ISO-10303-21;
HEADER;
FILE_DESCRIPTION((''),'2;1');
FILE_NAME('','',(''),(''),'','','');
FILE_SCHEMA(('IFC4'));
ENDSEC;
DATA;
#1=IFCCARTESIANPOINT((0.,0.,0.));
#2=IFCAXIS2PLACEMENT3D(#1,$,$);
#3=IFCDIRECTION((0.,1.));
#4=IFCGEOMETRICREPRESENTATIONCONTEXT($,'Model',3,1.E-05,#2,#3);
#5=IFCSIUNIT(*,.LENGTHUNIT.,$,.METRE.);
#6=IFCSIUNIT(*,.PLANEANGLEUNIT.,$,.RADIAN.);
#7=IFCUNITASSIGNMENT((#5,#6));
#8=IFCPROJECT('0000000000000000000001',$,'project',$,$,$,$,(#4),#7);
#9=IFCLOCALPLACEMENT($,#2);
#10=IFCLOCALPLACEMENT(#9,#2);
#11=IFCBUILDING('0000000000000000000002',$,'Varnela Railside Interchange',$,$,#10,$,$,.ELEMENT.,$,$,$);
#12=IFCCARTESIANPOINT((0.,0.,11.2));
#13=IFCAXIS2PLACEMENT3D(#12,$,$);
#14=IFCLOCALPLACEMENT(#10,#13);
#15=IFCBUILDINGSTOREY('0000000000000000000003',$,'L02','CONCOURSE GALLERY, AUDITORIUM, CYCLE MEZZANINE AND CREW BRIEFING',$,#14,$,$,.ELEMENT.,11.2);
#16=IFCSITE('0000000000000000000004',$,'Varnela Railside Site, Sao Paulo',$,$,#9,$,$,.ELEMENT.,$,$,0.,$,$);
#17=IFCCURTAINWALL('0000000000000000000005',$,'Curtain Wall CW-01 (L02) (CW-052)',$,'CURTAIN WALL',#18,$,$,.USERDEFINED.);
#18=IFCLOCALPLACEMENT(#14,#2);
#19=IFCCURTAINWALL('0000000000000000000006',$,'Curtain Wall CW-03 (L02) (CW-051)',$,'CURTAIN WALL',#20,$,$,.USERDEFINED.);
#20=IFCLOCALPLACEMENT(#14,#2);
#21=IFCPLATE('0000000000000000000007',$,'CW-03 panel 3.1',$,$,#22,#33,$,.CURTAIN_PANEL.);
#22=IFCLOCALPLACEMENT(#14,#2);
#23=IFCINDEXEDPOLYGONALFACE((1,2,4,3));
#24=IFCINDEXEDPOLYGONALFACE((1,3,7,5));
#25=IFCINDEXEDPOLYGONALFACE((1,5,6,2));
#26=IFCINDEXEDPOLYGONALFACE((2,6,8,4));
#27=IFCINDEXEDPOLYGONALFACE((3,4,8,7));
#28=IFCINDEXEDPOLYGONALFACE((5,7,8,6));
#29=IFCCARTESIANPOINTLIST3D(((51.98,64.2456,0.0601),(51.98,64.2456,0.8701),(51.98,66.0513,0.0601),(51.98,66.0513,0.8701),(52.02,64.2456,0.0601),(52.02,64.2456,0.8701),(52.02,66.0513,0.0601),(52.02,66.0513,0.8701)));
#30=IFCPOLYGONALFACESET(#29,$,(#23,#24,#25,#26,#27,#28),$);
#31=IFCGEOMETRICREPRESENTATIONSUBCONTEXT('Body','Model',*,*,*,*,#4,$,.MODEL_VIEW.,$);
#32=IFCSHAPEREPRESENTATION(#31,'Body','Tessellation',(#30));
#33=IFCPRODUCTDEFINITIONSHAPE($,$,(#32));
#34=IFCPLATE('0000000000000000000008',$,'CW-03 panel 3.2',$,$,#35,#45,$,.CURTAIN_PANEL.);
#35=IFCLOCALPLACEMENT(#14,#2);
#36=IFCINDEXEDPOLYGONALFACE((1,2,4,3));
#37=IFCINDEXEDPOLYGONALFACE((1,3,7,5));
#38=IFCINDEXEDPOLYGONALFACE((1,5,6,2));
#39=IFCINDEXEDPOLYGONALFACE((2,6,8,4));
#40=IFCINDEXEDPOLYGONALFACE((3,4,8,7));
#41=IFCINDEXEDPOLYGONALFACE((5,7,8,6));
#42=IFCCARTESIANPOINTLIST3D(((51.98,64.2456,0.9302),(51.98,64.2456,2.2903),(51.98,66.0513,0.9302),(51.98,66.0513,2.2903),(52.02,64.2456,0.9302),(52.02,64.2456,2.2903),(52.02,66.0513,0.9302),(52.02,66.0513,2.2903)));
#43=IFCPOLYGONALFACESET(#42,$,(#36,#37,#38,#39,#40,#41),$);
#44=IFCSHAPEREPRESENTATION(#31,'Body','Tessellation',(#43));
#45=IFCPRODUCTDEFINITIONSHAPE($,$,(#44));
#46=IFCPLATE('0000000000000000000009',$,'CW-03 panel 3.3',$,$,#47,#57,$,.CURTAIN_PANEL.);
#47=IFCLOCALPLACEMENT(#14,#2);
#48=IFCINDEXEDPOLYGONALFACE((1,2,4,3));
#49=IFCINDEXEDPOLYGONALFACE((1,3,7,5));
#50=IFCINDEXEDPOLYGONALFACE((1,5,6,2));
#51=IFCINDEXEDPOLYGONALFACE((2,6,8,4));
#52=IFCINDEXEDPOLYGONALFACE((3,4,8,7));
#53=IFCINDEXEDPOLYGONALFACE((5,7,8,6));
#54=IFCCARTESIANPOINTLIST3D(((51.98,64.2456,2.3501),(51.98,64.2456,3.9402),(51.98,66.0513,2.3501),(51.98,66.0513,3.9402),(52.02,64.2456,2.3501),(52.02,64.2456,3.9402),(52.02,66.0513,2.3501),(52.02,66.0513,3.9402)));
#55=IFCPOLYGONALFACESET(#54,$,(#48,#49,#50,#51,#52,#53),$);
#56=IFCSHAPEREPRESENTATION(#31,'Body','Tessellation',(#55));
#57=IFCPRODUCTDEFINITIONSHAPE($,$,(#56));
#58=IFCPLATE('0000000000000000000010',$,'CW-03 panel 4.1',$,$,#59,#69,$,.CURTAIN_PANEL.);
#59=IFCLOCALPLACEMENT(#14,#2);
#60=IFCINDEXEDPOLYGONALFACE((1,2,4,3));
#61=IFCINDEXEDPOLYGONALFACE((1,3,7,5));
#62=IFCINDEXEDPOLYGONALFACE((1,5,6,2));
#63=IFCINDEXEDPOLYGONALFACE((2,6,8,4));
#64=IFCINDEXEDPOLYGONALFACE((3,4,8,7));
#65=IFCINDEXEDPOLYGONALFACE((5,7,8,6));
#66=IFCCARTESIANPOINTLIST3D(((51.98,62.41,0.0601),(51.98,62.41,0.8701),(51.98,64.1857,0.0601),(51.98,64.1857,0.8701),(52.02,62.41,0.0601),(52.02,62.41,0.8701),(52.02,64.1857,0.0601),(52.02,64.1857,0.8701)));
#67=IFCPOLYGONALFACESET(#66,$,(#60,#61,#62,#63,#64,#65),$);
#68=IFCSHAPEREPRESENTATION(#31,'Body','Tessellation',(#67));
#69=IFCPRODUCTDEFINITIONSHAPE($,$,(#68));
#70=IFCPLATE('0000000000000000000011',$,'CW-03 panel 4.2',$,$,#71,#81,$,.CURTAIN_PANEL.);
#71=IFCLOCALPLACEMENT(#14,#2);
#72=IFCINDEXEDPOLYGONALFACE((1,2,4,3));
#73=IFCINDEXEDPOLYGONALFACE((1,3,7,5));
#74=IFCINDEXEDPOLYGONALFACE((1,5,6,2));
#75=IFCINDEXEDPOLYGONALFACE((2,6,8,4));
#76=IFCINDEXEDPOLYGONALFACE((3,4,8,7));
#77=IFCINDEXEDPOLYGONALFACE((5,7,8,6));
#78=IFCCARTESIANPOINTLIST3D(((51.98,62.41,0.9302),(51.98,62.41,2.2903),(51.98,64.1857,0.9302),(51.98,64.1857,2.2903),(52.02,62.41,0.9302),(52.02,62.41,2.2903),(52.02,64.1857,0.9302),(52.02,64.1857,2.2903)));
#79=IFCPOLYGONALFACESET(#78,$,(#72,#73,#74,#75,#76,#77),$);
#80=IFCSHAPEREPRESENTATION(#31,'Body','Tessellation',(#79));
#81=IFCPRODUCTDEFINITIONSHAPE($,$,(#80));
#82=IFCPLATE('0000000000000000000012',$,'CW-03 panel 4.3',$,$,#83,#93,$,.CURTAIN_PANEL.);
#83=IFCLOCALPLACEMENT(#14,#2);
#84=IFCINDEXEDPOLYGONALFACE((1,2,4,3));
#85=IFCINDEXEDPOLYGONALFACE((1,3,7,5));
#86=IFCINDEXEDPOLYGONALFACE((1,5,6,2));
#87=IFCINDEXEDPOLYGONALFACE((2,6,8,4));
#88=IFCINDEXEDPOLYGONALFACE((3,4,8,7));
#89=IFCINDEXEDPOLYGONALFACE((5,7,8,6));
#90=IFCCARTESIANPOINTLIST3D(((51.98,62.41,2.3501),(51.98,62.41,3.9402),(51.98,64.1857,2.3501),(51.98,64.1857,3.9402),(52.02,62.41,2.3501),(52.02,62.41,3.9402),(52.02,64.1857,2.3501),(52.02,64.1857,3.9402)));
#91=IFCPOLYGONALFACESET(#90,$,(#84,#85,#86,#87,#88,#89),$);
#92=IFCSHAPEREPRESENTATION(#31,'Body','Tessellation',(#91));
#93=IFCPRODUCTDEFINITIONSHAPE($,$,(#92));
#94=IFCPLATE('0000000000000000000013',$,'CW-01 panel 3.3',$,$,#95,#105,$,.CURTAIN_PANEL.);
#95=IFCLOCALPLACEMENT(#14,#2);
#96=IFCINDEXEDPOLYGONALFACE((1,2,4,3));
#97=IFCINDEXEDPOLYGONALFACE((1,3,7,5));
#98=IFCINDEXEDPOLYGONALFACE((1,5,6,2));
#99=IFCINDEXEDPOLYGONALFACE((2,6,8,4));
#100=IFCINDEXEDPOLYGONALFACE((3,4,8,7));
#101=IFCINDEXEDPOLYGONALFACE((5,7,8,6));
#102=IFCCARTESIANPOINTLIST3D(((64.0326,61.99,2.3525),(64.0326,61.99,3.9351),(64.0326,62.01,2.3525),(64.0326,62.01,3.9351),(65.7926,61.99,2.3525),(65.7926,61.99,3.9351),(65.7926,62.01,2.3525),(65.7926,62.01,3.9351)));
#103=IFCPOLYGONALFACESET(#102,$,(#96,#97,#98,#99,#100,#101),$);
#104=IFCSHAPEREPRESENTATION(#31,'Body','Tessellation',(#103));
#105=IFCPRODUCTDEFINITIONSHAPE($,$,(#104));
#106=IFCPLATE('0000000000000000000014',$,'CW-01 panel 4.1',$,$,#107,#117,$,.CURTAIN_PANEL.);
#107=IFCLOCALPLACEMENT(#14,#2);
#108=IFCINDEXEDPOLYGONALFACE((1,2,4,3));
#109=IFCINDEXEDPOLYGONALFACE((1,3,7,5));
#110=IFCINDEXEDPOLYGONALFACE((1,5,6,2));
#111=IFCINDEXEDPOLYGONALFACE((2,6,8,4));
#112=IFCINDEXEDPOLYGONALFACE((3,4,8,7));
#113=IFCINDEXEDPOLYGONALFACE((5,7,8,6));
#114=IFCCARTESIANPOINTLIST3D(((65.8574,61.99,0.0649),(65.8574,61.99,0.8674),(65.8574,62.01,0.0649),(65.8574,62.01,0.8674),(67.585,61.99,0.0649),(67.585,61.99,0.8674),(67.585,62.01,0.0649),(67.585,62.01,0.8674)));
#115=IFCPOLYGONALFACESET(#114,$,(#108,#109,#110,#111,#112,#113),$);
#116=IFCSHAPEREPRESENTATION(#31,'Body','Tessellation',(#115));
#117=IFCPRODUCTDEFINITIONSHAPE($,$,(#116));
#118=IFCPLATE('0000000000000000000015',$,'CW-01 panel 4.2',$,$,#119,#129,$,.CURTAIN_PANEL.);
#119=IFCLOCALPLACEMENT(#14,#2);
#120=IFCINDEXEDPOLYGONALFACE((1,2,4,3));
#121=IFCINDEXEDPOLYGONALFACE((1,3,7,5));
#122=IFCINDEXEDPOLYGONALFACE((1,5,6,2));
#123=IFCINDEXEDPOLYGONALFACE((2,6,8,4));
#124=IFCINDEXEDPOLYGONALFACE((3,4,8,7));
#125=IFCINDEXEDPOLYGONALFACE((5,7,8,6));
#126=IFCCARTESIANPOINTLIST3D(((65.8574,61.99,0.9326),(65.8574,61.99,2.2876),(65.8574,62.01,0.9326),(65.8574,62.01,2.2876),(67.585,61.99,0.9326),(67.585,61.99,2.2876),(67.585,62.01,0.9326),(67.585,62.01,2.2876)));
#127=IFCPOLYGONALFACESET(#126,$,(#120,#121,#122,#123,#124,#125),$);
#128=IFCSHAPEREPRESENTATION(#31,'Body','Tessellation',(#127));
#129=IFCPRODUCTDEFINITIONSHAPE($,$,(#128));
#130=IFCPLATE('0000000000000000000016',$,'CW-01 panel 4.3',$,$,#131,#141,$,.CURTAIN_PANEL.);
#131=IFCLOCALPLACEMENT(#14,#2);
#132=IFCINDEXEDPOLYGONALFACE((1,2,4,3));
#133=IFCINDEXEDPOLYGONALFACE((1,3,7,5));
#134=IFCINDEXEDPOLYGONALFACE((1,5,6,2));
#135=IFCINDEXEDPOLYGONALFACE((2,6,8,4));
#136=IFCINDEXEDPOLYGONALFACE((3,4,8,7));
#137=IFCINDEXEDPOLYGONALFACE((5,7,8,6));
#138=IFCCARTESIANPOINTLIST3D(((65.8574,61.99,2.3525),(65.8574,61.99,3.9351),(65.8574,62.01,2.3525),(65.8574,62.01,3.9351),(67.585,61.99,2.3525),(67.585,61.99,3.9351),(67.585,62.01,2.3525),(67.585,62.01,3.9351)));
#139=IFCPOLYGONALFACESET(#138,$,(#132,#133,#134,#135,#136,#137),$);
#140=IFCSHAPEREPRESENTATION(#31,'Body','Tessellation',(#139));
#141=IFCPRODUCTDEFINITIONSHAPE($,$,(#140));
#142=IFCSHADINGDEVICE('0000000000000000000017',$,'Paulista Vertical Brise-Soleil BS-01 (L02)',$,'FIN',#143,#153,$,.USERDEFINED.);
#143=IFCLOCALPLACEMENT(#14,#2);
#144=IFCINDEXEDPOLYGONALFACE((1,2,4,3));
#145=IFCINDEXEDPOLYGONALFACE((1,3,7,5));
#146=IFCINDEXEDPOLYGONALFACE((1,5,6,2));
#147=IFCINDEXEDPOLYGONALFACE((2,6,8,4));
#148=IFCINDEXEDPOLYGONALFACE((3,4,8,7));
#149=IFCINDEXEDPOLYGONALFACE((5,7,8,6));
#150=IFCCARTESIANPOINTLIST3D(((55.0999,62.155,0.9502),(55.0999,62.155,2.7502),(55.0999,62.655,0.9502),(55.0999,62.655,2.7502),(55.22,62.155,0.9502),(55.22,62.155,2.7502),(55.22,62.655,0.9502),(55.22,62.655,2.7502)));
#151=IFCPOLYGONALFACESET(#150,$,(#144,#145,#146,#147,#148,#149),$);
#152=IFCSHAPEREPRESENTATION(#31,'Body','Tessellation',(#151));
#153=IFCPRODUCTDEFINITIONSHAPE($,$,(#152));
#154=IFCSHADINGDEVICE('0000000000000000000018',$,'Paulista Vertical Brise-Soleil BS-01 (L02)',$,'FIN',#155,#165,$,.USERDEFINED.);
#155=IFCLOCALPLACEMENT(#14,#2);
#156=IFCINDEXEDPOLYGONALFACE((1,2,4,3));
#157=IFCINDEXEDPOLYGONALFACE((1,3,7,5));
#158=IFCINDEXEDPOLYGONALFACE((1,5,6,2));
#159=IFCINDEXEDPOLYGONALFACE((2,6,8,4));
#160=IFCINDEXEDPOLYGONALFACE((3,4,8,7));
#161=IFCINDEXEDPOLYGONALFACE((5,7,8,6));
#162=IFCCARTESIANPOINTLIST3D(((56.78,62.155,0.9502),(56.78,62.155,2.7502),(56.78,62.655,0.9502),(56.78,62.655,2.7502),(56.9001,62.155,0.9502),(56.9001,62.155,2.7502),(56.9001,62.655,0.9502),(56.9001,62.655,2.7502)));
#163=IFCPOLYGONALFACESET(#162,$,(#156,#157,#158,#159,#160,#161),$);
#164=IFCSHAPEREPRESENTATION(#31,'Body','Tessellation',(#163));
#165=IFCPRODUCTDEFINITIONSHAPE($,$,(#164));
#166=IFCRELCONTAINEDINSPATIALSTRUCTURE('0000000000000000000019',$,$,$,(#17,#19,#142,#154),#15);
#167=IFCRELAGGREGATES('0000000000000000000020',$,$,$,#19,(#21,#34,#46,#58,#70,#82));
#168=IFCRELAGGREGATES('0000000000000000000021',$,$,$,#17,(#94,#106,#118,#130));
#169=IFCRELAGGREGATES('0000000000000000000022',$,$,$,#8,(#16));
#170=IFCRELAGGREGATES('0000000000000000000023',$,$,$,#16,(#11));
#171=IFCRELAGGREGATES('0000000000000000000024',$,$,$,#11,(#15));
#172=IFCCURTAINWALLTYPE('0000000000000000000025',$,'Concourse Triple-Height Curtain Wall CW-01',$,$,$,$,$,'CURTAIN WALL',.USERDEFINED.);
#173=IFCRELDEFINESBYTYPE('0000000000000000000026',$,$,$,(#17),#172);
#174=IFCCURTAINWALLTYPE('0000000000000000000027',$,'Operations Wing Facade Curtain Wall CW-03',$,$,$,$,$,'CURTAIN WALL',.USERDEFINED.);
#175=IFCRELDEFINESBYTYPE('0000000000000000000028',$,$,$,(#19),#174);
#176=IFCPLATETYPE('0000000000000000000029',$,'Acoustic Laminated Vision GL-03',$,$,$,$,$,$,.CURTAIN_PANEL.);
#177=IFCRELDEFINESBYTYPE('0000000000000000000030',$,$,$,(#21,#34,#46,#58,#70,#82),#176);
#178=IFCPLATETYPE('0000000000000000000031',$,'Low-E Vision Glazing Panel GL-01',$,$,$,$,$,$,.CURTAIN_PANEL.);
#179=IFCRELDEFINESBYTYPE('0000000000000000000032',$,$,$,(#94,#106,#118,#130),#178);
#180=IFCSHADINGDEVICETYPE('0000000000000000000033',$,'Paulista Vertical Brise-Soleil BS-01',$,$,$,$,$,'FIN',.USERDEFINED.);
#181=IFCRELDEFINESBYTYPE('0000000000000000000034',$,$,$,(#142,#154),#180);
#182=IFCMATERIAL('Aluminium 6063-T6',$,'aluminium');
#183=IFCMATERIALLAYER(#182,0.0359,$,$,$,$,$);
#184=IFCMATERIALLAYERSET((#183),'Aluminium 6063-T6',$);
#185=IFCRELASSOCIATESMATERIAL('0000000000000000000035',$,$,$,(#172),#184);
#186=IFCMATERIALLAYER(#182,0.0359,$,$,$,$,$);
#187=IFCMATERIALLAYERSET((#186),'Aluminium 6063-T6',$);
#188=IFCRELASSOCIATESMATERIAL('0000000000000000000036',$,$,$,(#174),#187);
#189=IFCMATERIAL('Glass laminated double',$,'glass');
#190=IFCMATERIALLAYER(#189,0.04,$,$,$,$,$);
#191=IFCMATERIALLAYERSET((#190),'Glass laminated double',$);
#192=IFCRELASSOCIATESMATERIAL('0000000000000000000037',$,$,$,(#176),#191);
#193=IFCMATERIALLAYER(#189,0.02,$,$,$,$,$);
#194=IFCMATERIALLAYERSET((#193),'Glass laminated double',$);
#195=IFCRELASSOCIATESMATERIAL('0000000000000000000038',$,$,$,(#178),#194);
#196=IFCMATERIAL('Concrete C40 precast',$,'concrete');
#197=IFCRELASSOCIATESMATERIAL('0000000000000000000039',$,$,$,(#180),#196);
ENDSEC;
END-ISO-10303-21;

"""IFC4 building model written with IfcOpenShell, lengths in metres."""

from ifc_helpers import new_model, si_unit, direction, frame, origin, origin_2d, place, context, subcontext, project, spatial, rectangle, extrude, material, layer, layer_set, type_object, element, aggregate, save


model = new_model("IFC4")

# Units and contexts
model_context = context("Model", 3, precision=1e-05, world=origin(), true_north=direction((0.0, 1.0)))
body_context = subcontext(model_context, "Body", "Model", "MODEL_VIEW")
ifc_project = project(units=[si_unit("LENGTHUNIT", "METRE"), si_unit("PLANEANGLEUNIT", "RADIAN")], contexts=[model_context])

# Site, building, storey
site_placement = place(None, origin())
site = spatial("IfcSite", under=ifc_project, at=site_placement, Name="Varnela Railside Site, Sao Paulo", CompositionType="ELEMENT", RefElevation=0.0)
building_placement = place(site_placement, origin())
building = spatial("IfcBuilding", under=site, at=building_placement, Name="Varnela Railside Interchange", CompositionType="ELEMENT")
storey_placement = place(building_placement, frame((0.0, 0.0, 11.2)))
storey = spatial("IfcBuildingStorey", under=building, at=storey_placement, Name="L02", Description="CONCOURSE GALLERY, AUDITORIUM, CYCLE MEZZANINE AND CREW BRIEFING", CompositionType="ELEMENT", Elevation=11.2)

# Curtain wall
ifc_material_1 = material(Name="Aluminium 6063-T6", Category="aluminium")
ifc_layer_1 = layer(ifc_material_1, 0.0359)
ifc_layer_set_1 = layer_set([ifc_layer_1], Name="Aluminium 6063-T6")
curtain_wall_type_1 = type_object("IfcCurtainWallType", Name="Concourse Triple-Height Curtain Wall CW-01", ElementType="CURTAIN WALL", PredefinedType="USERDEFINED", material=ifc_layer_set_1)
curtain_wall_1_placement = place(storey_placement, origin())
curtain_wall_1 = element("IfcCurtainWall", 1, at=curtain_wall_1_placement, inside=storey, type_object=curtain_wall_type_1, Name="Curtain Wall CW-01 (L02) (CW-052)", ObjectType="CURTAIN WALL", PredefinedType="USERDEFINED")

# Curtain wall, plates
ifc_layer_2 = layer(ifc_material_1, 0.0359)
ifc_layer_set_2 = layer_set([ifc_layer_2], Name="Aluminium 6063-T6")
curtain_wall_type_2 = type_object("IfcCurtainWallType", Name="Operations Wing Facade Curtain Wall CW-03", ElementType="CURTAIN WALL", PredefinedType="USERDEFINED", material=ifc_layer_set_2)
curtain_wall_2_placement = place(storey_placement, origin())
curtain_wall_2 = element("IfcCurtainWall", 2, at=curtain_wall_2_placement, inside=storey, type_object=curtain_wall_type_2, Name="Curtain Wall CW-03 (L02) (CW-051)", ObjectType="CURTAIN WALL", PredefinedType="USERDEFINED")
ifc_material_2 = material(Name="Glass laminated double", Category="glass")
ifc_layer_3 = layer(ifc_material_2, 0.04)
ifc_layer_set_3 = layer_set([ifc_layer_3], Name="Glass laminated double")
plate_type_1 = type_object("IfcPlateType", Name="Acoustic Laminated Vision GL-03", PredefinedType="CURTAIN_PANEL", material=ifc_layer_set_3)
plate_1_placement = place(storey_placement, frame((52.0, 65.1484, 0.0601), z_axis=(0.0, 0.0, 1.0), x_axis=(0.0, -1.0, 0.0)))
plate_1 = element("IfcPlate", 3, at=plate_1_placement, type_object=plate_type_1, Name="CW-03 panel 3.1", PredefinedType="CURTAIN_PANEL", context=body_context, shape_type="SweptSolid", body=[
    extrude(rectangle(XDim=1.8057, YDim=0.04, at=origin_2d()), origin(), (0.0, 0.0, 1.0), 0.8101),
])
plate_2_placement = place(storey_placement, frame((52.0, 65.1484, 0.9302), z_axis=(0.0, 0.0, 1.0), x_axis=(0.0, -1.0, 0.0)))
plate_2 = element("IfcPlate", 4, at=plate_2_placement, type_object=plate_type_1, Name="CW-03 panel 3.2", PredefinedType="CURTAIN_PANEL", context=body_context, shape_type="SweptSolid", body=[
    extrude(rectangle(XDim=1.8057, YDim=0.04, at=origin_2d()), origin(), (0.0, 0.0, 1.0), 1.3601),
])
plate_3_placement = place(storey_placement, frame((52.0, 65.1484, 2.3501), z_axis=(0.0, 0.0, 1.0), x_axis=(0.0, -1.0, 0.0)))
plate_3 = element("IfcPlate", 5, at=plate_3_placement, type_object=plate_type_1, Name="CW-03 panel 3.3", PredefinedType="CURTAIN_PANEL", context=body_context, shape_type="SweptSolid", body=[
    extrude(rectangle(XDim=1.8057, YDim=0.04, at=origin_2d()), origin(), (0.0, 0.0, 1.0), 1.5901),
])
plate_4_placement = place(storey_placement, frame((52.0, 63.2979, 0.0601), z_axis=(0.0, 0.0, 1.0), x_axis=(0.0, -1.0, 0.0)))
plate_4 = element("IfcPlate", 6, at=plate_4_placement, type_object=plate_type_1, Name="CW-03 panel 4.1", PredefinedType="CURTAIN_PANEL", context=body_context, shape_type="SweptSolid", body=[
    extrude(rectangle(XDim=1.7756, YDim=0.04, at=origin_2d()), origin(), (0.0, 0.0, 1.0), 0.8101),
])
plate_5_placement = place(storey_placement, frame((52.0, 63.2979, 0.9302), z_axis=(0.0, 0.0, 1.0), x_axis=(0.0, -1.0, 0.0)))
plate_5 = element("IfcPlate", 7, at=plate_5_placement, type_object=plate_type_1, Name="CW-03 panel 4.2", PredefinedType="CURTAIN_PANEL", context=body_context, shape_type="SweptSolid", body=[
    extrude(rectangle(XDim=1.7756, YDim=0.04, at=origin_2d()), origin(), (0.0, 0.0, 1.0), 1.3601),
])
plate_6_placement = place(storey_placement, frame((52.0, 63.2979, 2.3501), z_axis=(0.0, 0.0, 1.0), x_axis=(0.0, -1.0, 0.0)))
plate_6 = element("IfcPlate", 8, at=plate_6_placement, type_object=plate_type_1, Name="CW-03 panel 4.3", PredefinedType="CURTAIN_PANEL", context=body_context, shape_type="SweptSolid", body=[
    extrude(rectangle(XDim=1.7756, YDim=0.04, at=origin_2d()), origin(), (0.0, 0.0, 1.0), 1.5901),
])
aggregate(curtain_wall_2, [plate_1, plate_2, plate_3, plate_4, plate_5, plate_6])

# Plates
ifc_layer_4 = layer(ifc_material_2, 0.02)
ifc_layer_set_4 = layer_set([ifc_layer_4], Name="Glass laminated double")
plate_type_2 = type_object("IfcPlateType", Name="Low-E Vision Glazing Panel GL-01", PredefinedType="CURTAIN_PANEL", material=ifc_layer_set_4)
plate_7_placement = place(storey_placement, frame((64.9126, 62.0, 2.3525), z_axis=(0.0, 0.0, 1.0), x_axis=(1.0, 0.0, 0.0)))
plate_7 = element("IfcPlate", 9, at=plate_7_placement, type_object=plate_type_2, Name="CW-01 panel 3.3", PredefinedType="CURTAIN_PANEL", context=body_context, shape_type="SweptSolid", body=[
    extrude(rectangle(XDim=1.76, YDim=0.02, at=origin_2d()), origin(), (0.0, 0.0, 1.0), 1.5825),
])
plate_8_placement = place(storey_placement, frame((66.7212, 62.0, 0.0649), z_axis=(0.0, 0.0, 1.0), x_axis=(1.0, 0.0, 0.0)))
plate_8 = element("IfcPlate", 10, at=plate_8_placement, type_object=plate_type_2, Name="CW-01 panel 4.1", PredefinedType="CURTAIN_PANEL", context=body_context, shape_type="SweptSolid", body=[
    extrude(rectangle(XDim=1.7275, YDim=0.02, at=origin_2d()), origin(), (0.0, 0.0, 1.0), 0.8025),
])
plate_9_placement = place(storey_placement, frame((66.7212, 62.0, 0.9326), z_axis=(0.0, 0.0, 1.0), x_axis=(1.0, 0.0, 0.0)))
plate_9 = element("IfcPlate", 11, at=plate_9_placement, type_object=plate_type_2, Name="CW-01 panel 4.2", PredefinedType="CURTAIN_PANEL", context=body_context, shape_type="SweptSolid", body=[
    extrude(rectangle(XDim=1.7275, YDim=0.02, at=origin_2d()), origin(), (0.0, 0.0, 1.0), 1.355),
])
plate_10_placement = place(storey_placement, frame((66.7212, 62.0, 2.3525), z_axis=(0.0, 0.0, 1.0), x_axis=(1.0, 0.0, 0.0)))
plate_10 = element("IfcPlate", 12, at=plate_10_placement, type_object=plate_type_2, Name="CW-01 panel 4.3", PredefinedType="CURTAIN_PANEL", context=body_context, shape_type="SweptSolid", body=[
    extrude(rectangle(XDim=1.7275, YDim=0.02, at=origin_2d()), origin(), (0.0, 0.0, 1.0), 1.5825),
])
aggregate(curtain_wall_1, [plate_7, plate_8, plate_9, plate_10])

# Shading devices
ifc_material_3 = material(Name="Concrete C40 precast", Category="concrete")
shading_device_type = type_object("IfcShadingDeviceType", Name="Paulista Vertical Brise-Soleil BS-01", ElementType="FIN", PredefinedType="USERDEFINED", material=ifc_material_3)
for number, where, z_axis, x_axis, name in (
    (13, (55.1599, 62.405, 0.9502), (0.0, 0.0, 1.0), (0.0, 1.0, 0.0), "Paulista Vertical Brise-Soleil BS-01 (L02)"),
    (14, (56.8401, 62.405, 0.9502), (0.0, 0.0, 1.0), (0.0, 1.0, 0.0), "Paulista Vertical Brise-Soleil BS-01 (L02)"),
):
    element("IfcShadingDevice", number, at=place(storey_placement, frame(where, z_axis=z_axis, x_axis=x_axis)), inside=storey, type_object=shading_device_type, Name=name, ObjectType="FIN", PredefinedType="USERDEFINED", context=body_context, shape_type="SweptSolid", body=[
        extrude(rectangle(XDim=0.5, YDim=0.1201, at=origin_2d()), origin(), (0.0, 0.0, 1.0), 1.8),
    ])

save(model, "model.ifc")
